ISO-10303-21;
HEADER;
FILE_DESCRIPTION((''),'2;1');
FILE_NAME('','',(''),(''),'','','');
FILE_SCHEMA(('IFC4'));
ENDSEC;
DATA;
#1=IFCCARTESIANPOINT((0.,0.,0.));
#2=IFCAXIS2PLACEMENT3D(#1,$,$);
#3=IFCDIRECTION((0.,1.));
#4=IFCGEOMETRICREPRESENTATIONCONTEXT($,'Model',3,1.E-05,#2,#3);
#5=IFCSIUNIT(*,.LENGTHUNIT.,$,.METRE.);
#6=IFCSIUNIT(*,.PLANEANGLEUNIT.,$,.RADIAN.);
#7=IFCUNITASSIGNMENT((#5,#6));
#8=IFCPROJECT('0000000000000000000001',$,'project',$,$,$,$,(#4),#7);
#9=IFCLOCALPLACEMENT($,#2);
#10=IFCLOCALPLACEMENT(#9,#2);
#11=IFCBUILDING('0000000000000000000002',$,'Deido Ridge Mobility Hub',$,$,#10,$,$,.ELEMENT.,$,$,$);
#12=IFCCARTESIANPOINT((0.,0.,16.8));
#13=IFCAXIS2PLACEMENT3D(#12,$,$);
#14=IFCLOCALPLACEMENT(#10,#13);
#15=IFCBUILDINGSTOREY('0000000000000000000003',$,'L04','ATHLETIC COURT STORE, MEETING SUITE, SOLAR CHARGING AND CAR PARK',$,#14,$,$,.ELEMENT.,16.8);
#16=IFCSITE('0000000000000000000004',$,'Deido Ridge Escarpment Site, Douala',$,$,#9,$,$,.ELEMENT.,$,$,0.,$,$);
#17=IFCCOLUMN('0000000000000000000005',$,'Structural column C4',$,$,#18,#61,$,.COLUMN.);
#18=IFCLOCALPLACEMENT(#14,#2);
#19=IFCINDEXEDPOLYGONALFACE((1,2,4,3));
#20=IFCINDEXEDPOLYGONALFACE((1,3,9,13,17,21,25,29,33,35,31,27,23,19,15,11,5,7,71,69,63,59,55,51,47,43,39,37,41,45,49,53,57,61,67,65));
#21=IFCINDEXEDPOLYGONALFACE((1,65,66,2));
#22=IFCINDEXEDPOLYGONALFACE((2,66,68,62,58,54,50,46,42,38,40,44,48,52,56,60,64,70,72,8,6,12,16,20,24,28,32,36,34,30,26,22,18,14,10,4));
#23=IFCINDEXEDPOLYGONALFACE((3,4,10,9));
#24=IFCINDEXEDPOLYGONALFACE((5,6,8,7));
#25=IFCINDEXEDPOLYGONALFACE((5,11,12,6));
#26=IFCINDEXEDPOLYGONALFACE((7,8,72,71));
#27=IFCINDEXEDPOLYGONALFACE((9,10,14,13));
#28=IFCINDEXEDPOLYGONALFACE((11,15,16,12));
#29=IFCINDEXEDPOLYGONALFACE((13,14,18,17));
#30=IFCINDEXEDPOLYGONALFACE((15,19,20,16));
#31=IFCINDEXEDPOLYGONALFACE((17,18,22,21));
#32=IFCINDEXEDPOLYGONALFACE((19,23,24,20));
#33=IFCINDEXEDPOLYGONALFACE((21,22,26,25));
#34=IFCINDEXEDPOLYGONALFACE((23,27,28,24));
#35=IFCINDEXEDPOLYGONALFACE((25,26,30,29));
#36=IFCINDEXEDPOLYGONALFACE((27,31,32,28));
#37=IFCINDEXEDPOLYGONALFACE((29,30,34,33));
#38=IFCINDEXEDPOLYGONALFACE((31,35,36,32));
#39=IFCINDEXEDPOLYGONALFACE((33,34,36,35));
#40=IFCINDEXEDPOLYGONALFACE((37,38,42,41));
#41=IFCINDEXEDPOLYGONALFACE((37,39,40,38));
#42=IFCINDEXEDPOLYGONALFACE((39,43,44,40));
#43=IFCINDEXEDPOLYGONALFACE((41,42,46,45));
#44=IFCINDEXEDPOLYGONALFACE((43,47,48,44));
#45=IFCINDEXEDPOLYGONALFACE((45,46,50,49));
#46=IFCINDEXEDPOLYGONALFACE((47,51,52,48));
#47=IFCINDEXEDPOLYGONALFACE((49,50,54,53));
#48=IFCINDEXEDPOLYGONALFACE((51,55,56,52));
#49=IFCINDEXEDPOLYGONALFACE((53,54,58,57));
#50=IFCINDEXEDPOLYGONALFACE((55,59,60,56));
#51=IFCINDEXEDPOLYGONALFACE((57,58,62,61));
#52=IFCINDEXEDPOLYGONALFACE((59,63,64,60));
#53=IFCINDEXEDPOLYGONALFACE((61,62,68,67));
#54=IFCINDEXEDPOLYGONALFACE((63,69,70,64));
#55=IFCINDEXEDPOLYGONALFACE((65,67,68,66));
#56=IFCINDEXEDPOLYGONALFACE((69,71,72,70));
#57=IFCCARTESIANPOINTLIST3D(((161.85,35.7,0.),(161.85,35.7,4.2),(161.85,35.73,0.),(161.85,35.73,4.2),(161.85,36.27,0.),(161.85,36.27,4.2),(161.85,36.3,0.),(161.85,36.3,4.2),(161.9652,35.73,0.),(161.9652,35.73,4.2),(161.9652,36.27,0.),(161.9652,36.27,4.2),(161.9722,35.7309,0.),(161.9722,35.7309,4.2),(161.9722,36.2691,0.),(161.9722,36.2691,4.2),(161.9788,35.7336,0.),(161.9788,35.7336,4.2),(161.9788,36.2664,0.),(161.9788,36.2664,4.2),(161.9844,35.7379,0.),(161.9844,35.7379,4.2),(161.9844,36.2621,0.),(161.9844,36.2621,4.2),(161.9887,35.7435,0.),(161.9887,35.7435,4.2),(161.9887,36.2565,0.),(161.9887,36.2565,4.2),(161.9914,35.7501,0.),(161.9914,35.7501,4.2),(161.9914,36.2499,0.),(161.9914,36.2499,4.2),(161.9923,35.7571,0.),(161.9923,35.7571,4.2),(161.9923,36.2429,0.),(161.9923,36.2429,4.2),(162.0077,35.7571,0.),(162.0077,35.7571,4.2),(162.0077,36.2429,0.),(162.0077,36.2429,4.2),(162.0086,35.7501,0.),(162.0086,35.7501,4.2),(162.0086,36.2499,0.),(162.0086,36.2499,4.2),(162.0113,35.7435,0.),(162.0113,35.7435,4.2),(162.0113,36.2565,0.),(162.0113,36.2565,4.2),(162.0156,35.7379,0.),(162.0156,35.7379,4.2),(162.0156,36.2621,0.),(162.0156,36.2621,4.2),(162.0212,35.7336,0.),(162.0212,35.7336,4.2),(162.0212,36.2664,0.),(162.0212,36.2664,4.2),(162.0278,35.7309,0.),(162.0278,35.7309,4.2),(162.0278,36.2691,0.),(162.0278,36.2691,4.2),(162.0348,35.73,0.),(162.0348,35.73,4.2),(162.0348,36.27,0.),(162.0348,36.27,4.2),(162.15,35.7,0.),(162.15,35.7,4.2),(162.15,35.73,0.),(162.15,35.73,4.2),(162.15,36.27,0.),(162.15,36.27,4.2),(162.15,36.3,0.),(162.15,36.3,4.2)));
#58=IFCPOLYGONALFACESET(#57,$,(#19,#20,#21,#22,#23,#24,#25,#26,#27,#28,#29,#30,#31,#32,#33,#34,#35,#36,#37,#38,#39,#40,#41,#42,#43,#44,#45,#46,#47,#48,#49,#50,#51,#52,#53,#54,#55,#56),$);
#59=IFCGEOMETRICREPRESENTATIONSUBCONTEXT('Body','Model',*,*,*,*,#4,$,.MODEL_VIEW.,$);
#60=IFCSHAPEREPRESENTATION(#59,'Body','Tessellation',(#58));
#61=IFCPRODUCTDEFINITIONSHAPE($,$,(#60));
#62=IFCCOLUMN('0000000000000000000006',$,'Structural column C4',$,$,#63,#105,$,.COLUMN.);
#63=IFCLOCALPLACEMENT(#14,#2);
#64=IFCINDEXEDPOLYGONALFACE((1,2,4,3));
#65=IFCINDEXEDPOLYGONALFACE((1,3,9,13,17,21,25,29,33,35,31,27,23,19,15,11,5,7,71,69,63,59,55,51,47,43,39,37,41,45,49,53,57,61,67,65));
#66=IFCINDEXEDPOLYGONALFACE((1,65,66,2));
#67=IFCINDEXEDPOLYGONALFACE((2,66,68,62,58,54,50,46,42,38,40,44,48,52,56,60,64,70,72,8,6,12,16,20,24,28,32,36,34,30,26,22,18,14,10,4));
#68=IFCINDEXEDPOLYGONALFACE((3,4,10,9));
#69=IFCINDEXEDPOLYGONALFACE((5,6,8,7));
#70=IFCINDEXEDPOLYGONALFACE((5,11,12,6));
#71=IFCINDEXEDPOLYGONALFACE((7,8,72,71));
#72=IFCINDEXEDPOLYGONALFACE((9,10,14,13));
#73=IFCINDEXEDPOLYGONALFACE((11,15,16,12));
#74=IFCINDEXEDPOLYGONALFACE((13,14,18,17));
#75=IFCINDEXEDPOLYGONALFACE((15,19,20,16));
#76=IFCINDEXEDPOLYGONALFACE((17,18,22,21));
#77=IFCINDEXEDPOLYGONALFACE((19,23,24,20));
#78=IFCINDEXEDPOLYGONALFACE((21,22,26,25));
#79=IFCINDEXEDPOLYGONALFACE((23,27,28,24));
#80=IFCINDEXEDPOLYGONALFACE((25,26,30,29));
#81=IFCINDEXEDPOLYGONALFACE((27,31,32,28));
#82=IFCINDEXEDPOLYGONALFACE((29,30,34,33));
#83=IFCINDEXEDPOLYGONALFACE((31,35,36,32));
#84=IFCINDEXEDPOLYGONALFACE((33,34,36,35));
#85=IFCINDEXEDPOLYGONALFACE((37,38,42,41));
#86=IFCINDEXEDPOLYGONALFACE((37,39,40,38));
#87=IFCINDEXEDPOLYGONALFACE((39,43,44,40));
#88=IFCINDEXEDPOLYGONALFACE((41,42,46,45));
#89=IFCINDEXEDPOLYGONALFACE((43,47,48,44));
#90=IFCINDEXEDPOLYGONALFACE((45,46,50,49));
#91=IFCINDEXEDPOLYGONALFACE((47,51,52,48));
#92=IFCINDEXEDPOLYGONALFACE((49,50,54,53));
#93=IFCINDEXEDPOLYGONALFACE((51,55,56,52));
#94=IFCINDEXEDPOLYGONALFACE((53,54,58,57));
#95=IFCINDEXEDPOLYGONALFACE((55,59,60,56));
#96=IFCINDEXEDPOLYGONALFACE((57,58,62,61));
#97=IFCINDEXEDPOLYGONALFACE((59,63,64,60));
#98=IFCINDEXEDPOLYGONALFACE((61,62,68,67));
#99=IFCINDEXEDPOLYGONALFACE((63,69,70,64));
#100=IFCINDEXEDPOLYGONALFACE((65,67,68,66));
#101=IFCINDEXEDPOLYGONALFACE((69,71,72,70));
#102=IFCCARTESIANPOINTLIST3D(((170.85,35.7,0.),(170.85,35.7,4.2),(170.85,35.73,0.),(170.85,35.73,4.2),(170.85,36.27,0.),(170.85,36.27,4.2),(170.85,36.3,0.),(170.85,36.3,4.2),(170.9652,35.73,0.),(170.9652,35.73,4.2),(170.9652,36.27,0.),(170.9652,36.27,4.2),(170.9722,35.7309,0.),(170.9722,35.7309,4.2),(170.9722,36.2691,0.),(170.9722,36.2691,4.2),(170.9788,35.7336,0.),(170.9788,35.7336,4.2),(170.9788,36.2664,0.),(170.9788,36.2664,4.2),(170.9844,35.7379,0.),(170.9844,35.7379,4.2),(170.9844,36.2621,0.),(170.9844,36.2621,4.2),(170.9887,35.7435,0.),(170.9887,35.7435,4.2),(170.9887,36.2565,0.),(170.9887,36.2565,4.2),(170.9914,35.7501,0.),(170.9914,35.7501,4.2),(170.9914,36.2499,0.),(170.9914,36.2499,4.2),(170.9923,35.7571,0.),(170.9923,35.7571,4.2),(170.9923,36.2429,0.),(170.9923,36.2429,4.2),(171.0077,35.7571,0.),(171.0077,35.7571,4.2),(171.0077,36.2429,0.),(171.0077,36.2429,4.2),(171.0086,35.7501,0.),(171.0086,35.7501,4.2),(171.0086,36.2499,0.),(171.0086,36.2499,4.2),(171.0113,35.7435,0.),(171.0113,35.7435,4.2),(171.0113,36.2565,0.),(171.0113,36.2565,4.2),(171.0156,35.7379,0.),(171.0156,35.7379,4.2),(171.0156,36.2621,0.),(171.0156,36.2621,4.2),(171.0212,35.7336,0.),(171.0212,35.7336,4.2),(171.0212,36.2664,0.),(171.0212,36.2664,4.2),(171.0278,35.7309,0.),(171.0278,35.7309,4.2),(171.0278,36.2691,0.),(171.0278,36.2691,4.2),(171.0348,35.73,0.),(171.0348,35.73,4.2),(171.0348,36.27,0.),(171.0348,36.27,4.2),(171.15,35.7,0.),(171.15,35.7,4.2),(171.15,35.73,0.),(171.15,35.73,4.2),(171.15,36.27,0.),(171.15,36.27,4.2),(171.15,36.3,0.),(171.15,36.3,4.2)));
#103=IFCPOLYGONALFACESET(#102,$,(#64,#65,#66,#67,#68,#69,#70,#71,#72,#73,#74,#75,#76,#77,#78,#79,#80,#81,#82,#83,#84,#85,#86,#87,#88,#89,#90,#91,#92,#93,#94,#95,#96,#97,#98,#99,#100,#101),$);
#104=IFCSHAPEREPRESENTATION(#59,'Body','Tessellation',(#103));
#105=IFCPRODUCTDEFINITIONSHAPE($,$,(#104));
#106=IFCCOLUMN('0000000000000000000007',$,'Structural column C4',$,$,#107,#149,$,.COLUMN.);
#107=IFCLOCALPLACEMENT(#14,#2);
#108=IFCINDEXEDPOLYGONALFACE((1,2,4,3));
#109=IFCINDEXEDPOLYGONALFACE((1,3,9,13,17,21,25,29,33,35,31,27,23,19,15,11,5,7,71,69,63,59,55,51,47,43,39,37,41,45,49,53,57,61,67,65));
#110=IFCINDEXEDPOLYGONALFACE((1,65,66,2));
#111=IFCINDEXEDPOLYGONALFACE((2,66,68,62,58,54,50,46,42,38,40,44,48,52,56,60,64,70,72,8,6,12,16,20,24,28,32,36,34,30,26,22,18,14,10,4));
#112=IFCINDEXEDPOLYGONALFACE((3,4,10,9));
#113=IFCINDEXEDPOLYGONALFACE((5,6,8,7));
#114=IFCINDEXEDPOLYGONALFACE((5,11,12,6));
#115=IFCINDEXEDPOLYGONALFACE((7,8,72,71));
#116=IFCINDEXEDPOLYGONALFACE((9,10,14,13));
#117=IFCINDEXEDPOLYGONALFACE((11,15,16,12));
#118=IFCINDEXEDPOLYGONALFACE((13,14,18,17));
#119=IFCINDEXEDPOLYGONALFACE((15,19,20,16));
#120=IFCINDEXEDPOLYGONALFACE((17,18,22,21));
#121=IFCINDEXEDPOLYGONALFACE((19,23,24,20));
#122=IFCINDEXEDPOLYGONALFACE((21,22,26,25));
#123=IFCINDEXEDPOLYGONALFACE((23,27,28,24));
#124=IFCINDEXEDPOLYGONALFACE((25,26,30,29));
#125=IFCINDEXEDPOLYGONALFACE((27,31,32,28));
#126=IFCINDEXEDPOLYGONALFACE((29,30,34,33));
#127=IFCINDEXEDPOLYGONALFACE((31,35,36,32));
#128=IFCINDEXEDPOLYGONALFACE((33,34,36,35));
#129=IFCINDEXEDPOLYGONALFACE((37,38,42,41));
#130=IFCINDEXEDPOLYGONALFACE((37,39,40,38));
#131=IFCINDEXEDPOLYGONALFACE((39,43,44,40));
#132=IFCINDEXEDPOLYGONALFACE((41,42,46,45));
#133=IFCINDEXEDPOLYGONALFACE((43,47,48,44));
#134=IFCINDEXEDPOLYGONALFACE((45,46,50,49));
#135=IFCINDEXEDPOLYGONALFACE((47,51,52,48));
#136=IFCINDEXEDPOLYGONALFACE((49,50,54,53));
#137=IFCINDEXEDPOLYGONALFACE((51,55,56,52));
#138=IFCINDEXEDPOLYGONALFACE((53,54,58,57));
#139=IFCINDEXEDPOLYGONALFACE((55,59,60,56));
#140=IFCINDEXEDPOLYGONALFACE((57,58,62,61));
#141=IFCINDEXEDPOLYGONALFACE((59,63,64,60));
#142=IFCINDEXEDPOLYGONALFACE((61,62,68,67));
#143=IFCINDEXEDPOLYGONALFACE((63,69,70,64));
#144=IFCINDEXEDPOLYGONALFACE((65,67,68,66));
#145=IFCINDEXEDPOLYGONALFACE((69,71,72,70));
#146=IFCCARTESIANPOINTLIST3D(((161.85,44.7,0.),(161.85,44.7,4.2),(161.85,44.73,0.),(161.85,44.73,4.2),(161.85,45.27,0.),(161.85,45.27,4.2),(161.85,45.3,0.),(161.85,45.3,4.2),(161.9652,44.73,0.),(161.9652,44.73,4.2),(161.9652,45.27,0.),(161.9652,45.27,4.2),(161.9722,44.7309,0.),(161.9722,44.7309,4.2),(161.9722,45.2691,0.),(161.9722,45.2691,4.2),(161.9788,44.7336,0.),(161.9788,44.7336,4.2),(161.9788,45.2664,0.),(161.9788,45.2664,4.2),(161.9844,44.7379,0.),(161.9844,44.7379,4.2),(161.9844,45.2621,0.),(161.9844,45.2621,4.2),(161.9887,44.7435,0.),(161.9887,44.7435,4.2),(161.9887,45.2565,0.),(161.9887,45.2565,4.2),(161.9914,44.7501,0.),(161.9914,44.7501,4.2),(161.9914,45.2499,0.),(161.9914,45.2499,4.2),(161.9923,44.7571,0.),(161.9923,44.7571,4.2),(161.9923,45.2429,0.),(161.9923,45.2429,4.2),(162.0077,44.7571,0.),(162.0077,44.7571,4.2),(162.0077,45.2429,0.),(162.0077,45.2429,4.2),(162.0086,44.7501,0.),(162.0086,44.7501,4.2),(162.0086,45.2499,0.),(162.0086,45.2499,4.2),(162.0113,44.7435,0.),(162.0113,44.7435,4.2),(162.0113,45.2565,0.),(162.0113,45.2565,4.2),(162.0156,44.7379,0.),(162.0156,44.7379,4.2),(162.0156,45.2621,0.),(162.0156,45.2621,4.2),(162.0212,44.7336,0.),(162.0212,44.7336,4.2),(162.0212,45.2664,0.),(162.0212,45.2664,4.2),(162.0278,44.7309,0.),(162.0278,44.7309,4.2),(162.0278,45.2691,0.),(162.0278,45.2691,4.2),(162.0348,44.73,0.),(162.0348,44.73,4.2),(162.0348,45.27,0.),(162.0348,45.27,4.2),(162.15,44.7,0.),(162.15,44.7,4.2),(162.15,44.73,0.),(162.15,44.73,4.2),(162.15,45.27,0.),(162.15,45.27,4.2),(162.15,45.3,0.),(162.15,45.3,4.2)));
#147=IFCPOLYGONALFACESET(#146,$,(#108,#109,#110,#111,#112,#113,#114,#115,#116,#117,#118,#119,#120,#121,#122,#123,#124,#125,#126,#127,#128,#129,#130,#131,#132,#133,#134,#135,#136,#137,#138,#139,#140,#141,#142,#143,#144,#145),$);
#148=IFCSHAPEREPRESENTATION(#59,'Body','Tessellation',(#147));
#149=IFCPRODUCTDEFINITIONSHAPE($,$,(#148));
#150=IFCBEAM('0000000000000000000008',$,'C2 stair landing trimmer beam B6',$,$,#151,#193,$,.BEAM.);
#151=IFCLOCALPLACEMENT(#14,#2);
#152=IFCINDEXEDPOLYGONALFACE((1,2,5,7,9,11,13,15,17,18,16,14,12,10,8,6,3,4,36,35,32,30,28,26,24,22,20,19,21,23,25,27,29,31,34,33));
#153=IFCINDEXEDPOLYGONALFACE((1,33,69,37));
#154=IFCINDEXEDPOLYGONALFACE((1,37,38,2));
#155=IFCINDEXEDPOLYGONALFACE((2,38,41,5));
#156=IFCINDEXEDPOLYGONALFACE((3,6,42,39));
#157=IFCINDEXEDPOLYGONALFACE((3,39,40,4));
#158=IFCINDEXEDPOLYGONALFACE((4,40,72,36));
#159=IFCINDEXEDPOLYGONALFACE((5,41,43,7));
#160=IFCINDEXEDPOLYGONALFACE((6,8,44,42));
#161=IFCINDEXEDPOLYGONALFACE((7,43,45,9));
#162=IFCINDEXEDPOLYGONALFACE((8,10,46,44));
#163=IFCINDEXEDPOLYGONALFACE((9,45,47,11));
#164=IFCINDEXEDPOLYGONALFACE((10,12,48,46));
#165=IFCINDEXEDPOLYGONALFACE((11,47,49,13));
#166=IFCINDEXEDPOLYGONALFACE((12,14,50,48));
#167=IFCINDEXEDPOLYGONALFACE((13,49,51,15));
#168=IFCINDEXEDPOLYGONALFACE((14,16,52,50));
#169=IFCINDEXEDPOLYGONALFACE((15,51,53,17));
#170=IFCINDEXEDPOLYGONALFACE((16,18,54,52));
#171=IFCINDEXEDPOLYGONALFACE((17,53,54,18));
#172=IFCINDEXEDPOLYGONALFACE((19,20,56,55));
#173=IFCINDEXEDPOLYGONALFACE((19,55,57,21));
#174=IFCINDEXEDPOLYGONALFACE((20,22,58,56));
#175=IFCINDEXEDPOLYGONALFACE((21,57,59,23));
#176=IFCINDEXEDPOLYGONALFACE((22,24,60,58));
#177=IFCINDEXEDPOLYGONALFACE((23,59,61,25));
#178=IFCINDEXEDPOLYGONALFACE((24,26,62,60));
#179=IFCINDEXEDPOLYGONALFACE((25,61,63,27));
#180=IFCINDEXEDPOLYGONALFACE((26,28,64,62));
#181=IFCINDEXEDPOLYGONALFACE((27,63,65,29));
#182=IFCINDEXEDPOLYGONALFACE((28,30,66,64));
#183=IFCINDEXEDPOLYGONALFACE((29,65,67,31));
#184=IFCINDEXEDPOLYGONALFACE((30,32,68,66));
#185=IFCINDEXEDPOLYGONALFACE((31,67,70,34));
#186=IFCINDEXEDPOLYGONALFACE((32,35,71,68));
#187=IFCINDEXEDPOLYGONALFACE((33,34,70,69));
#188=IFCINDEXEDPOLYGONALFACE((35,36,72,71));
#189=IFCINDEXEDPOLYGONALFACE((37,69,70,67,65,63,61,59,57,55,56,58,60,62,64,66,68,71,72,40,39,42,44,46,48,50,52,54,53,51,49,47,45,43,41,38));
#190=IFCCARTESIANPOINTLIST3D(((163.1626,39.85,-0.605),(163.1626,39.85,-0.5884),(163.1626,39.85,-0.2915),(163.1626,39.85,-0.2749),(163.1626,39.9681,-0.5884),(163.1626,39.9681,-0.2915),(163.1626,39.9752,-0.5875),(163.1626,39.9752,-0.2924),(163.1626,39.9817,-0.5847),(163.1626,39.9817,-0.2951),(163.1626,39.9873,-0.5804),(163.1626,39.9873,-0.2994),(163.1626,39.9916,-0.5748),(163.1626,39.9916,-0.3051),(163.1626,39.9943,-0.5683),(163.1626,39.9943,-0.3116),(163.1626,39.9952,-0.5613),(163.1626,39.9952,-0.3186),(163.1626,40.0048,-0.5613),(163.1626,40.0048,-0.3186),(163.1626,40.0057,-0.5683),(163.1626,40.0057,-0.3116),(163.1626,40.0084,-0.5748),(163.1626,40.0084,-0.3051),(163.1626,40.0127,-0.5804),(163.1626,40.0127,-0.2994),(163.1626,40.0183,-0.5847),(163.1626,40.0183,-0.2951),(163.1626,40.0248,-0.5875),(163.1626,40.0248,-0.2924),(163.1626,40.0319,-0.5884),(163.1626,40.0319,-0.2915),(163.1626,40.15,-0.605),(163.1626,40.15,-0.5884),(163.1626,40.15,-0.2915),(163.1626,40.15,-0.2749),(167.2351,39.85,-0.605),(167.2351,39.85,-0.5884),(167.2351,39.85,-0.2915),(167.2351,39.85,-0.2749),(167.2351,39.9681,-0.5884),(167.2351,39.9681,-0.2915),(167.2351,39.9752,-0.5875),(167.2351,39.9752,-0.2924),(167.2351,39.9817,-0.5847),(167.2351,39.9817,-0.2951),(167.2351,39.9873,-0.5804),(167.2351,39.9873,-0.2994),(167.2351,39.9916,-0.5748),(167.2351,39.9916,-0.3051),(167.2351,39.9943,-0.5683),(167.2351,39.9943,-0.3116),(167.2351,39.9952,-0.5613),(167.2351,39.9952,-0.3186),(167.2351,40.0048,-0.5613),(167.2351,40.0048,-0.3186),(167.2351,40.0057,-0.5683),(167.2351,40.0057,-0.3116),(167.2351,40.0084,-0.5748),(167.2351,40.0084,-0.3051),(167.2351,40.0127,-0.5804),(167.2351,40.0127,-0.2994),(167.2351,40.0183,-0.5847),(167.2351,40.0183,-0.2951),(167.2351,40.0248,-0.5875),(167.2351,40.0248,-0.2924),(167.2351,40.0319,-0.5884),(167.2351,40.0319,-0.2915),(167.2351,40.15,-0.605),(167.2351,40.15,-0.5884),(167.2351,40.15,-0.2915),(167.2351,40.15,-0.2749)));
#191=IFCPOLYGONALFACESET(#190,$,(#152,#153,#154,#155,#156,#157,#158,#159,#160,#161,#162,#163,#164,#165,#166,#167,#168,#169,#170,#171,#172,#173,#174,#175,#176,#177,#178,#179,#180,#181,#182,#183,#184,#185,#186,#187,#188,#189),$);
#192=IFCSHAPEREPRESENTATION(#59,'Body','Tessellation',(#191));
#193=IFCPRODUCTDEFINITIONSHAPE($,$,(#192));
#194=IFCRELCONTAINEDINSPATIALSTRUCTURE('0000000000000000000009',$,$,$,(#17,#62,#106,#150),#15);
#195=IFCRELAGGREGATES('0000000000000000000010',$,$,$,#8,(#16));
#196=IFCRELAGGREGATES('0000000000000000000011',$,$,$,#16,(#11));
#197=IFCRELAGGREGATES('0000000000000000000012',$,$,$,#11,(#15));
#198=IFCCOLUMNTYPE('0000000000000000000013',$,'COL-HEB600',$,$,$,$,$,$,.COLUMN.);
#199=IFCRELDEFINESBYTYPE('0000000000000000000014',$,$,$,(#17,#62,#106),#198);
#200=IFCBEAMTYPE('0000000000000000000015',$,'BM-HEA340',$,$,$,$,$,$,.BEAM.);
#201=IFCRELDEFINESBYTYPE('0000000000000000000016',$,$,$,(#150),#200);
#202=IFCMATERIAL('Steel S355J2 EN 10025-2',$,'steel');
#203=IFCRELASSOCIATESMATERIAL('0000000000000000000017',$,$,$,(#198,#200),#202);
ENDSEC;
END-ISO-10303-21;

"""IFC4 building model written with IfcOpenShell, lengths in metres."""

from ifc_helpers import new_model, si_unit, direction, frame, origin, origin_2d, place, context, subcontext, project, spatial, i_section, extrude, material, material_profile, profile_set, type_object, element, save


model = new_model("IFC4")

# Units and contexts
model_context = context("Model", 3, precision=1e-05, world=origin(), true_north=direction((0.0, 1.0)))
body_context = subcontext(model_context, "Body", "Model", "MODEL_VIEW")
ifc_project = project(units=[si_unit("LENGTHUNIT", "METRE"), si_unit("PLANEANGLEUNIT", "RADIAN")], contexts=[model_context])

# Site, building, storey
site_placement = place(None, origin())
site = spatial("IfcSite", under=ifc_project, at=site_placement, Name="Deido Ridge Escarpment Site, Douala", CompositionType="ELEMENT", RefElevation=0.0)
building_placement = place(site_placement, origin())
building = spatial("IfcBuilding", under=site, at=building_placement, Name="Deido Ridge Mobility Hub", CompositionType="ELEMENT")
storey_placement = place(building_placement, frame((0.0, 0.0, 16.8)))
storey = spatial("IfcBuildingStorey", under=building, at=storey_placement, Name="L04", Description="ATHLETIC COURT STORE, MEETING SUITE, SOLAR CHARGING AND CAR PARK", CompositionType="ELEMENT", Elevation=16.8)

# Columns
ifc_material_1 = material(Name="Steel S355J2 EN 10025-2", Category="steel")
ifc_material_profile_1 = material_profile(ifc_material_1, i_section(OverallWidth=0.3, OverallDepth=0.6001, WebThickness=0.0154, FlangeThickness=0.03, FilletRadius=0.0271, at=origin_2d()), Name="HEB 600")
ifc_profile_set_1 = profile_set([ifc_material_profile_1], Name="Steel S355J2 EN 10025-2")
column_type = type_object("IfcColumnType", Name="COL-HEB600", PredefinedType="COLUMN", material=ifc_profile_set_1)
for number, where, z_axis, x_axis, name in (
    (1, (162.0, 36.0, 0.0), (0.0, 0.0, 1.0), (1.0, 0.0, 0.0), "Structural column C4"),
    (2, (171.0, 36.0, 0.0), (0.0, 0.0, 1.0), (1.0, 0.0, 0.0), "Structural column C4"),
    (3, (162.0, 45.0, 0.0), (0.0, 0.0, 1.0), (1.0, 0.0, 0.0), "Structural column C4"),
):
    element("IfcColumn", number, at=place(storey_placement, frame(where, z_axis=z_axis, x_axis=x_axis)), inside=storey, type_object=column_type, Name=name, PredefinedType="COLUMN", context=body_context, shape_type="SweptSolid", body=[
        extrude(i_section(OverallWidth=0.3, OverallDepth=0.6001, WebThickness=0.0154, FlangeThickness=0.03, FilletRadius=0.0271, at=origin_2d()), origin(), (0.0, 0.0, 1.0), 4.2),
    ])

# Beam
ifc_material_profile_2 = material_profile(ifc_material_1, i_section(OverallWidth=0.3, OverallDepth=0.3301, WebThickness=0.0095, FlangeThickness=0.0166, FilletRadius=0.0271, at=origin_2d()), Name="HEA 340")
ifc_profile_set_2 = profile_set([ifc_material_profile_2], Name="Steel S355J2 EN 10025-2")
beam_type_1 = type_object("IfcBeamType", Name="BM-HEA340", PredefinedType="BEAM", material=ifc_profile_set_2)
beam_1_placement = place(storey_placement, frame((163.1626, 40.0, -0.4399), z_axis=(1.0, 0.0, 0.0), x_axis=(0.0, 1.0, 0.0)))
element("IfcBeam", 4, at=beam_1_placement, inside=storey, type_object=beam_type_1, Name="C2 stair landing trimmer beam B6", PredefinedType="BEAM", context=body_context, shape_type="SweptSolid", body=[
    extrude(i_section(OverallWidth=0.3, OverallDepth=0.3301, WebThickness=0.0095, FlangeThickness=0.0166, FilletRadius=0.0271, at=origin_2d()), origin(), (0.0, 0.0, 1.0), 4.0725),
])

save(model, "model.ifc")
